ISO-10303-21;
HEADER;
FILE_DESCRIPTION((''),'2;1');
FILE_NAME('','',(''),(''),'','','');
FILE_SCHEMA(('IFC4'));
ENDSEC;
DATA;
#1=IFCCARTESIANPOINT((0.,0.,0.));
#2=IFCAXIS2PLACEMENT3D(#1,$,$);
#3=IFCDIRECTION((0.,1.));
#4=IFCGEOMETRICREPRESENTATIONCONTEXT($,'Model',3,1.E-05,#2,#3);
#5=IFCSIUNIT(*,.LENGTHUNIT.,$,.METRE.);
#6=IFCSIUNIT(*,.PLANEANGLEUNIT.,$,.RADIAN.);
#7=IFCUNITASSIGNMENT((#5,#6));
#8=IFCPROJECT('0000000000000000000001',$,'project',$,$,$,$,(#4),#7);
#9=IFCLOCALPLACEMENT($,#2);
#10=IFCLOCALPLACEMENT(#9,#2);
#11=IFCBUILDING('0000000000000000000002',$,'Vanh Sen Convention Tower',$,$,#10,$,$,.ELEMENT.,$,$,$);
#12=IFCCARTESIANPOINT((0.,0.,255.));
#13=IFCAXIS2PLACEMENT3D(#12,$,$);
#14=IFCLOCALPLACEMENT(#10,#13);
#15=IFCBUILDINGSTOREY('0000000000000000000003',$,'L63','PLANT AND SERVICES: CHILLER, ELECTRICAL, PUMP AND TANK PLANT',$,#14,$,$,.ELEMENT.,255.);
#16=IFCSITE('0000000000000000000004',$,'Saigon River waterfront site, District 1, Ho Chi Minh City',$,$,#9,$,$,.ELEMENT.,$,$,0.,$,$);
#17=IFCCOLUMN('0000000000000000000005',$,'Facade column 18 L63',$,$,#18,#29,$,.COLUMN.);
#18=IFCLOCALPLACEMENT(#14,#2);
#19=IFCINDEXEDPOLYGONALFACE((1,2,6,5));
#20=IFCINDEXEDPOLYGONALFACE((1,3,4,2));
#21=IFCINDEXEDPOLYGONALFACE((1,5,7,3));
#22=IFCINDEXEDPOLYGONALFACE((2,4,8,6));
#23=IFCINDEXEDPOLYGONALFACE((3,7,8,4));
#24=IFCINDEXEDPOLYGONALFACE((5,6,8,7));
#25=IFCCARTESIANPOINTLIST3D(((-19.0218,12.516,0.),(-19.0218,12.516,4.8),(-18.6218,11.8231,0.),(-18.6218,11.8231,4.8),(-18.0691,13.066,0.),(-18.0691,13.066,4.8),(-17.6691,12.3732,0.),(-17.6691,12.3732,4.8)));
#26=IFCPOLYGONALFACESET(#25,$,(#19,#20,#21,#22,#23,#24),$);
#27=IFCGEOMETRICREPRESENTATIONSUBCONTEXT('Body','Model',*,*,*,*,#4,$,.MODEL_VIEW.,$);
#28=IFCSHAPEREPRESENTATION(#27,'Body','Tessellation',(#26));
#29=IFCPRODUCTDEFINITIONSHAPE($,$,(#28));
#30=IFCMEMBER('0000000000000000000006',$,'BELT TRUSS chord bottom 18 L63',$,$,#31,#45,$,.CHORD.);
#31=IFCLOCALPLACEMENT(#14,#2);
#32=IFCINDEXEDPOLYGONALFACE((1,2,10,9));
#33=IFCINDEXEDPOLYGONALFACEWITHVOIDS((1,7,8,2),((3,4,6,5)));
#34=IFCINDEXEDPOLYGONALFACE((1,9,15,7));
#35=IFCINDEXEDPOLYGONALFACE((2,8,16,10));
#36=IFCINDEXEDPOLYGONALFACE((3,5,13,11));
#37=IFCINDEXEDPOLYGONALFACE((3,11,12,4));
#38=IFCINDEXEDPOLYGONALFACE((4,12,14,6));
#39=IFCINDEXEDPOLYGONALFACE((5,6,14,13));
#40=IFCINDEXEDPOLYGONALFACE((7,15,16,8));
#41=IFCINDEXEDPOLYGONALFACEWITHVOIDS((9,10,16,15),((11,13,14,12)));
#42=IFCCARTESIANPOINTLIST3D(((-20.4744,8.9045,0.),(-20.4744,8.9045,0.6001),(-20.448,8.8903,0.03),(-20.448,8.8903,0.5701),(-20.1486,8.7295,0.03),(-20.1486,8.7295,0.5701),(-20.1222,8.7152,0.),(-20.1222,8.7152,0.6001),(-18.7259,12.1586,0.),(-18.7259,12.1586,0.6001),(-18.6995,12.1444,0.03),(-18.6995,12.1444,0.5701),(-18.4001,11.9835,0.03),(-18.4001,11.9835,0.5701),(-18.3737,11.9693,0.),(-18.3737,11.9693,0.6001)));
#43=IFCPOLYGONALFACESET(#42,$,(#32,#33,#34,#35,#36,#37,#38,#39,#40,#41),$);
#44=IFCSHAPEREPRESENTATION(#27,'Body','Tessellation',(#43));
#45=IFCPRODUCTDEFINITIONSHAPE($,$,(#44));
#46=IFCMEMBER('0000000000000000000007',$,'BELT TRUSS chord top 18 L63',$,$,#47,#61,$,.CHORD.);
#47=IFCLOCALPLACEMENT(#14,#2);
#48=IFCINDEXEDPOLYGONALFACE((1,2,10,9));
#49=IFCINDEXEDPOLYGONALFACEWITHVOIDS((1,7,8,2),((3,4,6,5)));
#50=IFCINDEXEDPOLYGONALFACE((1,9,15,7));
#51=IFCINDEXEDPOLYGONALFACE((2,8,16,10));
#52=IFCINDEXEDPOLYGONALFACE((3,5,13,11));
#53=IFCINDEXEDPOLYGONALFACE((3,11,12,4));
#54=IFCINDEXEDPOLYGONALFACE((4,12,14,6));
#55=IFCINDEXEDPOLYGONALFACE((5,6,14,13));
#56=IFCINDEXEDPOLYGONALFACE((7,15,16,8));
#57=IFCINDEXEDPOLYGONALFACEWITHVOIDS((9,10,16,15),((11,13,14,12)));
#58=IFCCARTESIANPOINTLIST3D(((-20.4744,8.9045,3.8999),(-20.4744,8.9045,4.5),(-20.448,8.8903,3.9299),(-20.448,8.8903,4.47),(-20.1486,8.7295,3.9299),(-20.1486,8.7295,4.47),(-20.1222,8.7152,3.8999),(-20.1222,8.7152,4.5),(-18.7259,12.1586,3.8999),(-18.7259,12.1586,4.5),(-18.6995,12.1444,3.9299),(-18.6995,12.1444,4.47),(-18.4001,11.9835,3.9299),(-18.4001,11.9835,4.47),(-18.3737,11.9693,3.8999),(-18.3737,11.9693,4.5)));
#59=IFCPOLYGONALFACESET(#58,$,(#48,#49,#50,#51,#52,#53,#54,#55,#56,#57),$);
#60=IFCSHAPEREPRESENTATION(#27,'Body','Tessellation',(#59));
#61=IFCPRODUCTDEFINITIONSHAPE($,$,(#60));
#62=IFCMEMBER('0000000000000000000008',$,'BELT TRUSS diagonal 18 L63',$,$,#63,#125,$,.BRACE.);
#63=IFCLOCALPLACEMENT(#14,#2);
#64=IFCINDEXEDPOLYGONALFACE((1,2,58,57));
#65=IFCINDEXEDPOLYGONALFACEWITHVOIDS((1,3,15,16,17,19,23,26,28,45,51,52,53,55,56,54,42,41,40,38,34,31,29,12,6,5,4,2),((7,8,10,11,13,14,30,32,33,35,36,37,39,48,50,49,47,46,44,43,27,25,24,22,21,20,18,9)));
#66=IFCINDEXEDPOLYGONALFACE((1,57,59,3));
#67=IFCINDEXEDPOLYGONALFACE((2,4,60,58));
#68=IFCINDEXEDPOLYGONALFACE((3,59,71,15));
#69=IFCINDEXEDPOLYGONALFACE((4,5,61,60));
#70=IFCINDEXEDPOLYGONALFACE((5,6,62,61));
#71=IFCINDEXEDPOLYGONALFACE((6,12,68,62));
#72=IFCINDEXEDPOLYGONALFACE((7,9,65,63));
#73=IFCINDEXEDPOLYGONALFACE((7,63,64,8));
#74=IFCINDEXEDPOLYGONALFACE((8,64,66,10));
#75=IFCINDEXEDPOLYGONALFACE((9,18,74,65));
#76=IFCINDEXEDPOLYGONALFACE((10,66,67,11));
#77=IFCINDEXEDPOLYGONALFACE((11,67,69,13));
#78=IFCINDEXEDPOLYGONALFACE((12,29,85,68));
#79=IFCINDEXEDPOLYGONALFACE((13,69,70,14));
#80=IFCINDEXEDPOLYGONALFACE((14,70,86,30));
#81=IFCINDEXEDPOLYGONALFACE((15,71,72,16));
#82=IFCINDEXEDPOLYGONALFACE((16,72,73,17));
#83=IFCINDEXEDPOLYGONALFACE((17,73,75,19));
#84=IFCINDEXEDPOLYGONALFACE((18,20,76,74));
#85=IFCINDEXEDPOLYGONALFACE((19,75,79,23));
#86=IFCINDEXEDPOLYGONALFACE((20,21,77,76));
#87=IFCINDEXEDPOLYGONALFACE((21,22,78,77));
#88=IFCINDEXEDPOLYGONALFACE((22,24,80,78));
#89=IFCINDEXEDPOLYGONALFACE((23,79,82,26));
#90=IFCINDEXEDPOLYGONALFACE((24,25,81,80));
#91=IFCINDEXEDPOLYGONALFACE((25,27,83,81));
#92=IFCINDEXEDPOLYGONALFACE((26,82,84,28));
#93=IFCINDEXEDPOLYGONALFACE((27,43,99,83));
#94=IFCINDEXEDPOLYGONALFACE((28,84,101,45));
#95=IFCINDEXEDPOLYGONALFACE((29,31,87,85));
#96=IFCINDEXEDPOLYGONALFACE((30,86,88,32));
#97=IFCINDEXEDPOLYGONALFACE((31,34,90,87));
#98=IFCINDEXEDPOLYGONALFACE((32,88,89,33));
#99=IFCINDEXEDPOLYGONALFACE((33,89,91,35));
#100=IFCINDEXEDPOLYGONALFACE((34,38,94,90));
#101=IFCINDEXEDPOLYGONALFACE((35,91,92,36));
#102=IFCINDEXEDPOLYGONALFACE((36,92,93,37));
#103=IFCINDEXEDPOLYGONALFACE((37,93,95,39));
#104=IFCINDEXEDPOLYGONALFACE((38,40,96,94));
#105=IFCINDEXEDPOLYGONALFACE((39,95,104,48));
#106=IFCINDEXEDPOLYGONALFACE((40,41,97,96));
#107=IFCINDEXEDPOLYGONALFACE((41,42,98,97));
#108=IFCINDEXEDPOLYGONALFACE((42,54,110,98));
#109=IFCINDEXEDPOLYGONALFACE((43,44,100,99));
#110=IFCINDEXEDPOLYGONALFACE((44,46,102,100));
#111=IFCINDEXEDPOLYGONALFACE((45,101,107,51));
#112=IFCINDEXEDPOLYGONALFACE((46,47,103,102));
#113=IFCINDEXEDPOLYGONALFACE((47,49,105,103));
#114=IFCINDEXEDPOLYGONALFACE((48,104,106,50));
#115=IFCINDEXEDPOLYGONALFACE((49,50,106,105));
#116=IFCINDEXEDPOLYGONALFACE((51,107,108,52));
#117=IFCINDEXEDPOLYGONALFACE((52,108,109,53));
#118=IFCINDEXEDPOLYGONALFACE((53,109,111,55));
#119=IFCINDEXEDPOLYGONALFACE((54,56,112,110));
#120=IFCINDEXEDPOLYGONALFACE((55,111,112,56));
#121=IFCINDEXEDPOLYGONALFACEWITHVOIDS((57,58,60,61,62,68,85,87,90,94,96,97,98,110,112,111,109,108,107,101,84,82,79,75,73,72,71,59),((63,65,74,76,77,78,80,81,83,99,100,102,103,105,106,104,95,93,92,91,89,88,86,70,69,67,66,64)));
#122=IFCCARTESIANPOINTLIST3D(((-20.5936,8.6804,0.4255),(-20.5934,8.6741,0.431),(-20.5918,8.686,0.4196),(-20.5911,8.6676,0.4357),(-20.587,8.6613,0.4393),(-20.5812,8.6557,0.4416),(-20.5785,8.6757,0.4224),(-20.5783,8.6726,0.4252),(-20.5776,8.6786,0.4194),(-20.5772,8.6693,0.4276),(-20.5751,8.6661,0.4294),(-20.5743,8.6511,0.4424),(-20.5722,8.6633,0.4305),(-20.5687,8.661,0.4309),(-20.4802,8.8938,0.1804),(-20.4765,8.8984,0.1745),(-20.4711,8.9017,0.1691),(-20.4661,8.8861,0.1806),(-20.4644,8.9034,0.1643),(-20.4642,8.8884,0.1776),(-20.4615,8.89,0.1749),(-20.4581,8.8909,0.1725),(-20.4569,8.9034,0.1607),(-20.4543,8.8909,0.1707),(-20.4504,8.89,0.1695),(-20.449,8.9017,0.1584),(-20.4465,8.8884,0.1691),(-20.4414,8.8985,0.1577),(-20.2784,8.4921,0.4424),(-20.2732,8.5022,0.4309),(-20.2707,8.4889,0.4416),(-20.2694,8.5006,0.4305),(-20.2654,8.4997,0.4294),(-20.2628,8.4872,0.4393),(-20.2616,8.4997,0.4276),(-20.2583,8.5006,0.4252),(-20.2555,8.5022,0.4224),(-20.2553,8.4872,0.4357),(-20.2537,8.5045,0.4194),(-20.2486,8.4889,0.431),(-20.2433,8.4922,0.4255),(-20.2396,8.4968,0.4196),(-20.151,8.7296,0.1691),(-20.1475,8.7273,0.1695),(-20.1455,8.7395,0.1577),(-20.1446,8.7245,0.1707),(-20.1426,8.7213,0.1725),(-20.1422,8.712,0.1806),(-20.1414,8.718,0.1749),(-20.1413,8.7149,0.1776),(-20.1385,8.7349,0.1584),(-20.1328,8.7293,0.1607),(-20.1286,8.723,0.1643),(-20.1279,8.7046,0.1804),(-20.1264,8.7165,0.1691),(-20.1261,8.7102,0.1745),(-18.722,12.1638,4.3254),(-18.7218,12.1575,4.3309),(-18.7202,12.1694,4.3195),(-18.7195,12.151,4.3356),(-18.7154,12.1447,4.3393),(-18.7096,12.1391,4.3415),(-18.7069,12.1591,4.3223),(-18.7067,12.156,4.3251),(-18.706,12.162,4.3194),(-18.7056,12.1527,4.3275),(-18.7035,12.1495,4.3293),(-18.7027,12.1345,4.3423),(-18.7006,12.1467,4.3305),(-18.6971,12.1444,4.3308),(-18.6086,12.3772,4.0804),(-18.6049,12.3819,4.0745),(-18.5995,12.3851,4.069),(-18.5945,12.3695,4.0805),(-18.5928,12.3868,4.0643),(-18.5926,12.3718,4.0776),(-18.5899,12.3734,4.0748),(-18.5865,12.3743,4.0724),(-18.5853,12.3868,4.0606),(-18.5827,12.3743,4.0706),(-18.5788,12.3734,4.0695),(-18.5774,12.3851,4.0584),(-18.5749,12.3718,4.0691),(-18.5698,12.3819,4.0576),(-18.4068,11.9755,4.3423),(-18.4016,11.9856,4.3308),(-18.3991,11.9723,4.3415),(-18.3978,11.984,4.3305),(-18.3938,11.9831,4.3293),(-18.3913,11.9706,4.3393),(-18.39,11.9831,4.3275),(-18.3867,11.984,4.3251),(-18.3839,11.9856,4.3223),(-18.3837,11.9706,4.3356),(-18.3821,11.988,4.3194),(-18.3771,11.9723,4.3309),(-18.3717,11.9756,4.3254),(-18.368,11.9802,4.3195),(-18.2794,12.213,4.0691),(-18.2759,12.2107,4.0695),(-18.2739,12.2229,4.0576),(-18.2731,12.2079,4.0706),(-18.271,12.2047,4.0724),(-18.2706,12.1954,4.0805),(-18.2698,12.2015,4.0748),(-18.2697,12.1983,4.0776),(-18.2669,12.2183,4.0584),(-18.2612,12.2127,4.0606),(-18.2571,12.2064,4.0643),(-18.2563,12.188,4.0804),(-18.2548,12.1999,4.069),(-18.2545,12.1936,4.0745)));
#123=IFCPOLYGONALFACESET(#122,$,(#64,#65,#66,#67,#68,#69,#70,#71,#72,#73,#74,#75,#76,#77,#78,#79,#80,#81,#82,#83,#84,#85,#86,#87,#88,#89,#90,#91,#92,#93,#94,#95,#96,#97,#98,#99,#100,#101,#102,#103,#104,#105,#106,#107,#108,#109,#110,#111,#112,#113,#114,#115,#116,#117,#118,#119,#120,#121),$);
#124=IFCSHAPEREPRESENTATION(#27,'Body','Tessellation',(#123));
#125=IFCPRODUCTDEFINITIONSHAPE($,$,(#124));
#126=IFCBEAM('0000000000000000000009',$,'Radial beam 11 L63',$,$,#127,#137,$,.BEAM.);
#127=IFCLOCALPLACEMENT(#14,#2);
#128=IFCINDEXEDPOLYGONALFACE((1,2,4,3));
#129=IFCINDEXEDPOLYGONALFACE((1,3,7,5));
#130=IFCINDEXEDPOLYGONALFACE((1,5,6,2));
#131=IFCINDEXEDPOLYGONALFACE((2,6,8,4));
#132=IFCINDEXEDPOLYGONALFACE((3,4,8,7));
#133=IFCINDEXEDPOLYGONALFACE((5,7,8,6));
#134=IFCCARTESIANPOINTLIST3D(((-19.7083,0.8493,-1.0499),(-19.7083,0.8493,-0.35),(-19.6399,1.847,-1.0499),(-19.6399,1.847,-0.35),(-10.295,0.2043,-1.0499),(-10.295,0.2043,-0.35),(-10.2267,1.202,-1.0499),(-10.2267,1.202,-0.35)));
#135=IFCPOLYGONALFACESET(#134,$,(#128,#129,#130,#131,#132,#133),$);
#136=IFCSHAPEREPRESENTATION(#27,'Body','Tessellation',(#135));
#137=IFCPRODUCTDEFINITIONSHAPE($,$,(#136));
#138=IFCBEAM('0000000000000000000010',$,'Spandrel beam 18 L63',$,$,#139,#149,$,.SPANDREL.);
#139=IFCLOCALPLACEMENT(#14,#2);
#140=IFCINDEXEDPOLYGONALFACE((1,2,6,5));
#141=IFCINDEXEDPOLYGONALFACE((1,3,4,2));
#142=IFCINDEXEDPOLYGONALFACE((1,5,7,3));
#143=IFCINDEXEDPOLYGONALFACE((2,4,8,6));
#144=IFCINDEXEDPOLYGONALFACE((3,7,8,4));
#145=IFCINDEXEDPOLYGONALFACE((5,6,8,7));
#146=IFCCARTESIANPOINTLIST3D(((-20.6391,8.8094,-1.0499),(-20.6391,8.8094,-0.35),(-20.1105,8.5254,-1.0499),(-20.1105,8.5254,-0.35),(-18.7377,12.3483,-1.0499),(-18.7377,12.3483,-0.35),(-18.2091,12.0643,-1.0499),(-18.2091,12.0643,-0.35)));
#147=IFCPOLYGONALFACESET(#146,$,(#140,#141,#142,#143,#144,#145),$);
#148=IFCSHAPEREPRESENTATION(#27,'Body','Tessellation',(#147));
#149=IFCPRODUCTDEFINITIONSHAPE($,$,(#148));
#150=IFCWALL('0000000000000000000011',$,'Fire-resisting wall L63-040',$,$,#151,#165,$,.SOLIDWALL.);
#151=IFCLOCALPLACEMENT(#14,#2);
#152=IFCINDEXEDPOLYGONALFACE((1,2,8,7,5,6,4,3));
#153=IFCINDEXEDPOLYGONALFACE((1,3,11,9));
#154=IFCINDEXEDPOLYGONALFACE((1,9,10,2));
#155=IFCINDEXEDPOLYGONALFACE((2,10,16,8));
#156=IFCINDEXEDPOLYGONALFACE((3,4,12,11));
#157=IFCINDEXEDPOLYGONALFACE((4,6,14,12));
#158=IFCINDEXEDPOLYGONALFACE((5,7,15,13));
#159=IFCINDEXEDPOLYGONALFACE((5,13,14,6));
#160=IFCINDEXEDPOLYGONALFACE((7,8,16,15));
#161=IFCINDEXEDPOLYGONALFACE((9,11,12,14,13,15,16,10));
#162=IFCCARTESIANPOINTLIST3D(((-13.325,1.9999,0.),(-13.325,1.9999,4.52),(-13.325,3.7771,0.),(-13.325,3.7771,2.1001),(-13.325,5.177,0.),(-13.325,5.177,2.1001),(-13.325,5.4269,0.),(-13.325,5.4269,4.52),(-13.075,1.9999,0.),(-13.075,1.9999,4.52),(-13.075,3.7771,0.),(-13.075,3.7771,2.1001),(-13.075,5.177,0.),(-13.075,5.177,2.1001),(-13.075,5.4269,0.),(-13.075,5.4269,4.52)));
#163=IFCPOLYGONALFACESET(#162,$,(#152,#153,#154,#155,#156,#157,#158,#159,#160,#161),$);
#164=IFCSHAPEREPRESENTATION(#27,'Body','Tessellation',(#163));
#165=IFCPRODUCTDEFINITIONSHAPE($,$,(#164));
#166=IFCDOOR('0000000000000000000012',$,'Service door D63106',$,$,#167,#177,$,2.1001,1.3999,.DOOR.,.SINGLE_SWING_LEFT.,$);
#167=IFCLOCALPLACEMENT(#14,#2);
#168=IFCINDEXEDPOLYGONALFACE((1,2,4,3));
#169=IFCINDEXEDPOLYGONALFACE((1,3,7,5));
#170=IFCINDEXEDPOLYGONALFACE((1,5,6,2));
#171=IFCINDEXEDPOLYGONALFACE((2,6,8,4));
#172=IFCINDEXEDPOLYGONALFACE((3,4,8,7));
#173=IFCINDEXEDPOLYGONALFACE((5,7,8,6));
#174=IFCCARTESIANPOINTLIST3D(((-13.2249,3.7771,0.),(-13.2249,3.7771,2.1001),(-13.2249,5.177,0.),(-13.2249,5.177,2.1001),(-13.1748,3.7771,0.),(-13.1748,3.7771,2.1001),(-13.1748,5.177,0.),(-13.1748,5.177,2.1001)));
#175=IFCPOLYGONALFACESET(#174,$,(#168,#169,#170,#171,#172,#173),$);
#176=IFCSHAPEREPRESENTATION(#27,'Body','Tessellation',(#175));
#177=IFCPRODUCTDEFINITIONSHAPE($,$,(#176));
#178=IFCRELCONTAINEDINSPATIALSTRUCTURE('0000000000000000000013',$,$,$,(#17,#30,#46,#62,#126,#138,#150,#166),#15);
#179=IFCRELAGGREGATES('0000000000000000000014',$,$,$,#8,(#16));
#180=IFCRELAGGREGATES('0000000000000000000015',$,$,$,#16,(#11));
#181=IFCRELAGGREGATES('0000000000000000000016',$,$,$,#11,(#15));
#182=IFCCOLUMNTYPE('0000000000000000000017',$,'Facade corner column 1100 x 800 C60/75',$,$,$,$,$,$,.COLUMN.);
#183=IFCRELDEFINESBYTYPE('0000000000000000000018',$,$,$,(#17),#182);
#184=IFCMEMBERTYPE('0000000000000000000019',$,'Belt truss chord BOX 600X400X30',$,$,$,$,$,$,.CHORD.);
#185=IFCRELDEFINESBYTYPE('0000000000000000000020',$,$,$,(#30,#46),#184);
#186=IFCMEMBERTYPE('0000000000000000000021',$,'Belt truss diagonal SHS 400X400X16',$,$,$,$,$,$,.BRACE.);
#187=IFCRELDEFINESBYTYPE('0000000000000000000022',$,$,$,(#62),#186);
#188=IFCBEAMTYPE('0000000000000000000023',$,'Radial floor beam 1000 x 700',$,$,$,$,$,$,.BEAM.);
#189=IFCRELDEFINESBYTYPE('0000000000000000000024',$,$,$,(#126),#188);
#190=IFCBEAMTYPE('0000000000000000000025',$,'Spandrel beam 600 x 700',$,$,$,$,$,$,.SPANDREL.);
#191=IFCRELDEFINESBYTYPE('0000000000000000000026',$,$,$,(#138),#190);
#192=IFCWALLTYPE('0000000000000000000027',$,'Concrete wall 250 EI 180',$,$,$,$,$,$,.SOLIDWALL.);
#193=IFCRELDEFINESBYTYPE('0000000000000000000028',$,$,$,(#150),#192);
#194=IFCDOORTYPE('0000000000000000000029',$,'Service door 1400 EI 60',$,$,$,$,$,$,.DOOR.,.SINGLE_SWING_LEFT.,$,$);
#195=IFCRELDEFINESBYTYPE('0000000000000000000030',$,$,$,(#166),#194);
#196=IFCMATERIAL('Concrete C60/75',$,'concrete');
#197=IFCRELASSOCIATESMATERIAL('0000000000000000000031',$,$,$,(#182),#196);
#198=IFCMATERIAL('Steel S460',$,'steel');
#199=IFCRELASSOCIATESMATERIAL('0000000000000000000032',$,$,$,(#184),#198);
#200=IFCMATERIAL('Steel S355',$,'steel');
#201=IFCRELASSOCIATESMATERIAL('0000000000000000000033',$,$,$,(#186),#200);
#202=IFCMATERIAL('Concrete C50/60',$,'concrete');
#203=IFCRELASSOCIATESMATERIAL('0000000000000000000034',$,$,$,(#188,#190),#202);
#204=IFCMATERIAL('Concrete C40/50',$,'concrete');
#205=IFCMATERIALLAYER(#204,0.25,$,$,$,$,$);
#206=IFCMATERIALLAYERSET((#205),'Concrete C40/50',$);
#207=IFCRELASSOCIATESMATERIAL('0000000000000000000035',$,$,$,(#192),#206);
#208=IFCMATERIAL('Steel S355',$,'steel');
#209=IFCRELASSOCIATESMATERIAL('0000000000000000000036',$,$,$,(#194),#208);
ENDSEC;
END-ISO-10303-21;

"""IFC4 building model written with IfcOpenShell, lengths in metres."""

from ifc_helpers import new_model, si_unit, direction, frame, frame_2d, origin, origin_2d, place, context, subcontext, project, spatial, rectangle, hollow_rectangle, extrude, material, layer, layer_set, material_profile, profile_set, type_object, element, fill, save


model = new_model("IFC4")

# Units and contexts
model_context = context("Model", 3, precision=1e-05, world=origin(), true_north=direction((0.0, 1.0)))
body_context = subcontext(model_context, "Body", "Model", "MODEL_VIEW")
ifc_project = project(units=[si_unit("LENGTHUNIT", "METRE"), si_unit("PLANEANGLEUNIT", "RADIAN")], contexts=[model_context])

# Site, building, storey
site_placement = place(None, origin())
site = spatial("IfcSite", under=ifc_project, at=site_placement, Name="Saigon River waterfront site, District 1, Ho Chi Minh City", CompositionType="ELEMENT", RefElevation=0.0)
building_placement = place(site_placement, origin())
building = spatial("IfcBuilding", under=site, at=building_placement, Name="Vanh Sen Convention Tower", CompositionType="ELEMENT")
storey_placement = place(building_placement, frame((0.0, 0.0, 255.0)))
storey = spatial("IfcBuildingStorey", under=building, at=storey_placement, Name="L63", Description="PLANT AND SERVICES: CHILLER, ELECTRICAL, PUMP AND TANK PLANT", CompositionType="ELEMENT", Elevation=255.0)

# Column
ifc_material_1 = material(Name="Concrete C60/75", Category="concrete")
ifc_material_profile_1 = material_profile(ifc_material_1, rectangle(XDim=1.1001, YDim=0.8, at=origin_2d()), Name="RC 1100X800")
ifc_profile_set_1 = profile_set([ifc_material_profile_1], Name="Concrete C60/75")
column_type = type_object("IfcColumnType", Name="Facade corner column 1100 x 800 C60/75", PredefinedType="COLUMN", material=ifc_profile_set_1)
column_placement = place(storey_placement, frame((-18.3455, 12.4446, 0.0), z_axis=(0.0, 0.0, 1.0), x_axis=(-0.866025, -0.5, 0.0)))
element("IfcColumn", 1, at=column_placement, inside=storey, type_object=column_type, Name="Facade column 18 L63", PredefinedType="COLUMN", context=body_context, shape_type="SweptSolid", body=[
    extrude(rectangle(XDim=1.1001, YDim=0.8, at=origin_2d()), origin(), (0.0, 0.0, 1.0), 4.8),
])

# Members
ifc_material_2 = material(Name="Steel S460", Category="steel")
ifc_material_profile_2 = material_profile(ifc_material_2, hollow_rectangle(XDim=0.3999, YDim=0.6001, WallThickness=0.03, at=origin_2d()), Name="BOX 600X400X30")
ifc_profile_set_2 = profile_set([ifc_material_profile_2], Name="Steel S460")
member_type_1 = type_object("IfcMemberType", Name="Belt truss chord BOX 600X400X30", PredefinedType="CHORD", material=ifc_profile_set_2)
for number, where, z_axis, x_axis, name in (
    (2, (-18.5498, 12.064, 0.3), (-0.473323, -0.880889, 0.0), (0.880889, -0.473323, 0.0), "BELT TRUSS chord bottom 18 L63"),
    (3, (-18.5498, 12.064, 4.2), (-0.473323, -0.880889, 0.0), (0.880889, -0.473323, 0.0), "BELT TRUSS chord top 18 L63"),
):
    element("IfcMember", number, at=place(storey_placement, frame(where, z_axis=z_axis, x_axis=x_axis)), inside=storey, type_object=member_type_1, Name=name, PredefinedType="CHORD", context=body_context, shape_type="SweptSolid", body=[
        extrude(hollow_rectangle(XDim=0.3999, YDim=0.6001, WallThickness=0.03, at=origin_2d()), origin(), (0.0, 0.0, 1.0), 3.6941),
    ])
ifc_material_3 = material(Name="Steel S355", Category="steel")
ifc_material_profile_3 = material_profile(ifc_material_3, hollow_rectangle(XDim=0.3999, YDim=0.3999, WallThickness=0.0161, InnerFilletRadius=0.0161, OuterFilletRadius=0.032, at=origin_2d()), Name="SHS 400X400X16")
ifc_profile_set_3 = profile_set([ifc_material_profile_3], Name="Steel S355")
member_type_2 = type_object("IfcMemberType", Name="Belt truss diagonal SHS 400X400X16", PredefinedType="BRACE", material=ifc_profile_set_3)
member_placement = place(storey_placement, frame((-18.4883, 12.1787, 4.2), z_axis=(-0.336983, -0.627195, -0.702188), x_axis=(0.880903, -0.473297, 0.0)))
element("IfcMember", 4, at=member_placement, inside=storey, type_object=member_type_2, Name="BELT TRUSS diagonal 18 L63", PredefinedType="BRACE", context=body_context, shape_type="SweptSolid", body=[
    extrude(hollow_rectangle(XDim=0.3999, YDim=0.3999, WallThickness=0.0161, InnerFilletRadius=0.0161, OuterFilletRadius=0.032, at=origin_2d()), origin(), (0.0, 0.0, 1.0), 5.554),
])

# Beams
ifc_material_4 = material(Name="Concrete C50/60", Category="concrete")
ifc_material_profile_4 = material_profile(ifc_material_4, rectangle(XDim=1.0, YDim=0.7, at=origin_2d()), Name="RC 1000X700")
ifc_profile_set_4 = profile_set([ifc_material_profile_4], Name="Concrete C50/60")
beam_type_1 = type_object("IfcBeamType", Name="Radial floor beam 1000 x 700", PredefinedType="BEAM", material=ifc_profile_set_4)
beam_1_placement = place(storey_placement, frame((-19.6741, 1.3481, -0.7), z_axis=(0.997661, -0.068362, 0.0), x_axis=(0.068362, 0.997661, 0.0)))
element("IfcBeam", 5, at=beam_1_placement, inside=storey, type_object=beam_type_1, Name="Radial beam 11 L63", PredefinedType="BEAM", context=body_context, shape_type="SweptSolid", body=[
    extrude(rectangle(XDim=1.0, YDim=0.7, at=origin_2d()), origin(), (0.0, 0.0, 1.0), 9.4353),
])
ifc_material_profile_5 = material_profile(ifc_material_4, rectangle(XDim=0.6001, YDim=0.7, at=origin_2d()), Name="RC 600X700")
ifc_profile_set_5 = profile_set([ifc_material_profile_5], Name="Concrete C50/60")
beam_type_2 = type_object("IfcBeamType", Name="Spandrel beam 600 x 700", PredefinedType="SPANDREL", material=ifc_profile_set_5)
beam_2_placement = place(storey_placement, frame((-18.4734, 12.2063, -0.7), z_axis=(-0.473299, -0.880902, 0.0), x_axis=(0.880902, -0.473299, 0.0)))
element("IfcBeam", 6, at=beam_2_placement, inside=storey, type_object=beam_type_2, Name="Spandrel beam 18 L63", PredefinedType="SPANDREL", context=body_context, shape_type="SweptSolid", body=[
    extrude(rectangle(XDim=0.6001, YDim=0.7, at=origin_2d()), origin(), (0.0, 0.0, 1.0), 4.0173),
])

# Wall, opening, door
ifc_material_5 = material(Name="Concrete C40/50", Category="concrete")
ifc_layer_1 = layer(ifc_material_5, 0.25)
ifc_layer_set_1 = layer_set([ifc_layer_1], Name="Concrete C40/50")
wall_type_1 = type_object("IfcWallType", Name="Concrete wall 250 EI 180", PredefinedType="SOLIDWALL", material=ifc_layer_set_1)
wall_1_placement = place(storey_placement, frame((-13.2, 2.0, 0.0), z_axis=(0.0, 0.0, 1.0), x_axis=(0.0, 1.0, 0.0)))
wall_1 = element("IfcWall", 7, at=wall_1_placement, inside=storey, type_object=wall_type_1, Name="Fire-resisting wall L63-040", PredefinedType="SOLIDWALL", context=body_context, shape_type="SweptSolid", body=[
    extrude(rectangle(XDim=3.427, YDim=0.25, at=frame_2d((1.7134, 0.0))), origin(), (0.0, 0.0, 1.0), 4.52),
])
opening_placement = place(wall_1_placement, frame((1.7771, 0.0, 0.0)))
opening = element("IfcOpeningElement", 8, at=opening_placement, cuts=wall_1, PredefinedType="OPENING", context=body_context, shape_type="SweptSolid", body=[
    extrude(rectangle(XDim=1.3999, YDim=2.1001, at=frame_2d((0.7, 1.05))), frame((0.0, 0.135, 0.0), z_axis=(0.0, -1.0, 0.0), x_axis=(1.0, 0.0, 0.0)), (0.0, 0.0, 1.0), 0.27),
])
ifc_material_6 = material(Name="Steel S355", Category="steel")
door_type = type_object("IfcDoorType", Name="Service door 1400 EI 60", OperationType="SINGLE_SWING_LEFT", PredefinedType="DOOR", material=ifc_material_6)
door_placement = place(opening_placement, origin())
door = element("IfcDoor", 9, at=door_placement, inside=storey, type_object=door_type, Name="Service door D63106", OperationType="SINGLE_SWING_LEFT", OverallHeight=2.1001, OverallWidth=1.3999, PredefinedType="DOOR", context=body_context, shape_type="SweptSolid", body=[
    extrude(rectangle(XDim=1.3999, YDim=2.1001, at=frame_2d((0.7, 1.05))), frame((0.0, 0.0249, 0.0), z_axis=(0.0, -1.0, 0.0), x_axis=(1.0, 0.0, 0.0)), (0.0, 0.0, 1.0), 0.05),
])
fill(opening, door)

save(model, "model.ifc")
